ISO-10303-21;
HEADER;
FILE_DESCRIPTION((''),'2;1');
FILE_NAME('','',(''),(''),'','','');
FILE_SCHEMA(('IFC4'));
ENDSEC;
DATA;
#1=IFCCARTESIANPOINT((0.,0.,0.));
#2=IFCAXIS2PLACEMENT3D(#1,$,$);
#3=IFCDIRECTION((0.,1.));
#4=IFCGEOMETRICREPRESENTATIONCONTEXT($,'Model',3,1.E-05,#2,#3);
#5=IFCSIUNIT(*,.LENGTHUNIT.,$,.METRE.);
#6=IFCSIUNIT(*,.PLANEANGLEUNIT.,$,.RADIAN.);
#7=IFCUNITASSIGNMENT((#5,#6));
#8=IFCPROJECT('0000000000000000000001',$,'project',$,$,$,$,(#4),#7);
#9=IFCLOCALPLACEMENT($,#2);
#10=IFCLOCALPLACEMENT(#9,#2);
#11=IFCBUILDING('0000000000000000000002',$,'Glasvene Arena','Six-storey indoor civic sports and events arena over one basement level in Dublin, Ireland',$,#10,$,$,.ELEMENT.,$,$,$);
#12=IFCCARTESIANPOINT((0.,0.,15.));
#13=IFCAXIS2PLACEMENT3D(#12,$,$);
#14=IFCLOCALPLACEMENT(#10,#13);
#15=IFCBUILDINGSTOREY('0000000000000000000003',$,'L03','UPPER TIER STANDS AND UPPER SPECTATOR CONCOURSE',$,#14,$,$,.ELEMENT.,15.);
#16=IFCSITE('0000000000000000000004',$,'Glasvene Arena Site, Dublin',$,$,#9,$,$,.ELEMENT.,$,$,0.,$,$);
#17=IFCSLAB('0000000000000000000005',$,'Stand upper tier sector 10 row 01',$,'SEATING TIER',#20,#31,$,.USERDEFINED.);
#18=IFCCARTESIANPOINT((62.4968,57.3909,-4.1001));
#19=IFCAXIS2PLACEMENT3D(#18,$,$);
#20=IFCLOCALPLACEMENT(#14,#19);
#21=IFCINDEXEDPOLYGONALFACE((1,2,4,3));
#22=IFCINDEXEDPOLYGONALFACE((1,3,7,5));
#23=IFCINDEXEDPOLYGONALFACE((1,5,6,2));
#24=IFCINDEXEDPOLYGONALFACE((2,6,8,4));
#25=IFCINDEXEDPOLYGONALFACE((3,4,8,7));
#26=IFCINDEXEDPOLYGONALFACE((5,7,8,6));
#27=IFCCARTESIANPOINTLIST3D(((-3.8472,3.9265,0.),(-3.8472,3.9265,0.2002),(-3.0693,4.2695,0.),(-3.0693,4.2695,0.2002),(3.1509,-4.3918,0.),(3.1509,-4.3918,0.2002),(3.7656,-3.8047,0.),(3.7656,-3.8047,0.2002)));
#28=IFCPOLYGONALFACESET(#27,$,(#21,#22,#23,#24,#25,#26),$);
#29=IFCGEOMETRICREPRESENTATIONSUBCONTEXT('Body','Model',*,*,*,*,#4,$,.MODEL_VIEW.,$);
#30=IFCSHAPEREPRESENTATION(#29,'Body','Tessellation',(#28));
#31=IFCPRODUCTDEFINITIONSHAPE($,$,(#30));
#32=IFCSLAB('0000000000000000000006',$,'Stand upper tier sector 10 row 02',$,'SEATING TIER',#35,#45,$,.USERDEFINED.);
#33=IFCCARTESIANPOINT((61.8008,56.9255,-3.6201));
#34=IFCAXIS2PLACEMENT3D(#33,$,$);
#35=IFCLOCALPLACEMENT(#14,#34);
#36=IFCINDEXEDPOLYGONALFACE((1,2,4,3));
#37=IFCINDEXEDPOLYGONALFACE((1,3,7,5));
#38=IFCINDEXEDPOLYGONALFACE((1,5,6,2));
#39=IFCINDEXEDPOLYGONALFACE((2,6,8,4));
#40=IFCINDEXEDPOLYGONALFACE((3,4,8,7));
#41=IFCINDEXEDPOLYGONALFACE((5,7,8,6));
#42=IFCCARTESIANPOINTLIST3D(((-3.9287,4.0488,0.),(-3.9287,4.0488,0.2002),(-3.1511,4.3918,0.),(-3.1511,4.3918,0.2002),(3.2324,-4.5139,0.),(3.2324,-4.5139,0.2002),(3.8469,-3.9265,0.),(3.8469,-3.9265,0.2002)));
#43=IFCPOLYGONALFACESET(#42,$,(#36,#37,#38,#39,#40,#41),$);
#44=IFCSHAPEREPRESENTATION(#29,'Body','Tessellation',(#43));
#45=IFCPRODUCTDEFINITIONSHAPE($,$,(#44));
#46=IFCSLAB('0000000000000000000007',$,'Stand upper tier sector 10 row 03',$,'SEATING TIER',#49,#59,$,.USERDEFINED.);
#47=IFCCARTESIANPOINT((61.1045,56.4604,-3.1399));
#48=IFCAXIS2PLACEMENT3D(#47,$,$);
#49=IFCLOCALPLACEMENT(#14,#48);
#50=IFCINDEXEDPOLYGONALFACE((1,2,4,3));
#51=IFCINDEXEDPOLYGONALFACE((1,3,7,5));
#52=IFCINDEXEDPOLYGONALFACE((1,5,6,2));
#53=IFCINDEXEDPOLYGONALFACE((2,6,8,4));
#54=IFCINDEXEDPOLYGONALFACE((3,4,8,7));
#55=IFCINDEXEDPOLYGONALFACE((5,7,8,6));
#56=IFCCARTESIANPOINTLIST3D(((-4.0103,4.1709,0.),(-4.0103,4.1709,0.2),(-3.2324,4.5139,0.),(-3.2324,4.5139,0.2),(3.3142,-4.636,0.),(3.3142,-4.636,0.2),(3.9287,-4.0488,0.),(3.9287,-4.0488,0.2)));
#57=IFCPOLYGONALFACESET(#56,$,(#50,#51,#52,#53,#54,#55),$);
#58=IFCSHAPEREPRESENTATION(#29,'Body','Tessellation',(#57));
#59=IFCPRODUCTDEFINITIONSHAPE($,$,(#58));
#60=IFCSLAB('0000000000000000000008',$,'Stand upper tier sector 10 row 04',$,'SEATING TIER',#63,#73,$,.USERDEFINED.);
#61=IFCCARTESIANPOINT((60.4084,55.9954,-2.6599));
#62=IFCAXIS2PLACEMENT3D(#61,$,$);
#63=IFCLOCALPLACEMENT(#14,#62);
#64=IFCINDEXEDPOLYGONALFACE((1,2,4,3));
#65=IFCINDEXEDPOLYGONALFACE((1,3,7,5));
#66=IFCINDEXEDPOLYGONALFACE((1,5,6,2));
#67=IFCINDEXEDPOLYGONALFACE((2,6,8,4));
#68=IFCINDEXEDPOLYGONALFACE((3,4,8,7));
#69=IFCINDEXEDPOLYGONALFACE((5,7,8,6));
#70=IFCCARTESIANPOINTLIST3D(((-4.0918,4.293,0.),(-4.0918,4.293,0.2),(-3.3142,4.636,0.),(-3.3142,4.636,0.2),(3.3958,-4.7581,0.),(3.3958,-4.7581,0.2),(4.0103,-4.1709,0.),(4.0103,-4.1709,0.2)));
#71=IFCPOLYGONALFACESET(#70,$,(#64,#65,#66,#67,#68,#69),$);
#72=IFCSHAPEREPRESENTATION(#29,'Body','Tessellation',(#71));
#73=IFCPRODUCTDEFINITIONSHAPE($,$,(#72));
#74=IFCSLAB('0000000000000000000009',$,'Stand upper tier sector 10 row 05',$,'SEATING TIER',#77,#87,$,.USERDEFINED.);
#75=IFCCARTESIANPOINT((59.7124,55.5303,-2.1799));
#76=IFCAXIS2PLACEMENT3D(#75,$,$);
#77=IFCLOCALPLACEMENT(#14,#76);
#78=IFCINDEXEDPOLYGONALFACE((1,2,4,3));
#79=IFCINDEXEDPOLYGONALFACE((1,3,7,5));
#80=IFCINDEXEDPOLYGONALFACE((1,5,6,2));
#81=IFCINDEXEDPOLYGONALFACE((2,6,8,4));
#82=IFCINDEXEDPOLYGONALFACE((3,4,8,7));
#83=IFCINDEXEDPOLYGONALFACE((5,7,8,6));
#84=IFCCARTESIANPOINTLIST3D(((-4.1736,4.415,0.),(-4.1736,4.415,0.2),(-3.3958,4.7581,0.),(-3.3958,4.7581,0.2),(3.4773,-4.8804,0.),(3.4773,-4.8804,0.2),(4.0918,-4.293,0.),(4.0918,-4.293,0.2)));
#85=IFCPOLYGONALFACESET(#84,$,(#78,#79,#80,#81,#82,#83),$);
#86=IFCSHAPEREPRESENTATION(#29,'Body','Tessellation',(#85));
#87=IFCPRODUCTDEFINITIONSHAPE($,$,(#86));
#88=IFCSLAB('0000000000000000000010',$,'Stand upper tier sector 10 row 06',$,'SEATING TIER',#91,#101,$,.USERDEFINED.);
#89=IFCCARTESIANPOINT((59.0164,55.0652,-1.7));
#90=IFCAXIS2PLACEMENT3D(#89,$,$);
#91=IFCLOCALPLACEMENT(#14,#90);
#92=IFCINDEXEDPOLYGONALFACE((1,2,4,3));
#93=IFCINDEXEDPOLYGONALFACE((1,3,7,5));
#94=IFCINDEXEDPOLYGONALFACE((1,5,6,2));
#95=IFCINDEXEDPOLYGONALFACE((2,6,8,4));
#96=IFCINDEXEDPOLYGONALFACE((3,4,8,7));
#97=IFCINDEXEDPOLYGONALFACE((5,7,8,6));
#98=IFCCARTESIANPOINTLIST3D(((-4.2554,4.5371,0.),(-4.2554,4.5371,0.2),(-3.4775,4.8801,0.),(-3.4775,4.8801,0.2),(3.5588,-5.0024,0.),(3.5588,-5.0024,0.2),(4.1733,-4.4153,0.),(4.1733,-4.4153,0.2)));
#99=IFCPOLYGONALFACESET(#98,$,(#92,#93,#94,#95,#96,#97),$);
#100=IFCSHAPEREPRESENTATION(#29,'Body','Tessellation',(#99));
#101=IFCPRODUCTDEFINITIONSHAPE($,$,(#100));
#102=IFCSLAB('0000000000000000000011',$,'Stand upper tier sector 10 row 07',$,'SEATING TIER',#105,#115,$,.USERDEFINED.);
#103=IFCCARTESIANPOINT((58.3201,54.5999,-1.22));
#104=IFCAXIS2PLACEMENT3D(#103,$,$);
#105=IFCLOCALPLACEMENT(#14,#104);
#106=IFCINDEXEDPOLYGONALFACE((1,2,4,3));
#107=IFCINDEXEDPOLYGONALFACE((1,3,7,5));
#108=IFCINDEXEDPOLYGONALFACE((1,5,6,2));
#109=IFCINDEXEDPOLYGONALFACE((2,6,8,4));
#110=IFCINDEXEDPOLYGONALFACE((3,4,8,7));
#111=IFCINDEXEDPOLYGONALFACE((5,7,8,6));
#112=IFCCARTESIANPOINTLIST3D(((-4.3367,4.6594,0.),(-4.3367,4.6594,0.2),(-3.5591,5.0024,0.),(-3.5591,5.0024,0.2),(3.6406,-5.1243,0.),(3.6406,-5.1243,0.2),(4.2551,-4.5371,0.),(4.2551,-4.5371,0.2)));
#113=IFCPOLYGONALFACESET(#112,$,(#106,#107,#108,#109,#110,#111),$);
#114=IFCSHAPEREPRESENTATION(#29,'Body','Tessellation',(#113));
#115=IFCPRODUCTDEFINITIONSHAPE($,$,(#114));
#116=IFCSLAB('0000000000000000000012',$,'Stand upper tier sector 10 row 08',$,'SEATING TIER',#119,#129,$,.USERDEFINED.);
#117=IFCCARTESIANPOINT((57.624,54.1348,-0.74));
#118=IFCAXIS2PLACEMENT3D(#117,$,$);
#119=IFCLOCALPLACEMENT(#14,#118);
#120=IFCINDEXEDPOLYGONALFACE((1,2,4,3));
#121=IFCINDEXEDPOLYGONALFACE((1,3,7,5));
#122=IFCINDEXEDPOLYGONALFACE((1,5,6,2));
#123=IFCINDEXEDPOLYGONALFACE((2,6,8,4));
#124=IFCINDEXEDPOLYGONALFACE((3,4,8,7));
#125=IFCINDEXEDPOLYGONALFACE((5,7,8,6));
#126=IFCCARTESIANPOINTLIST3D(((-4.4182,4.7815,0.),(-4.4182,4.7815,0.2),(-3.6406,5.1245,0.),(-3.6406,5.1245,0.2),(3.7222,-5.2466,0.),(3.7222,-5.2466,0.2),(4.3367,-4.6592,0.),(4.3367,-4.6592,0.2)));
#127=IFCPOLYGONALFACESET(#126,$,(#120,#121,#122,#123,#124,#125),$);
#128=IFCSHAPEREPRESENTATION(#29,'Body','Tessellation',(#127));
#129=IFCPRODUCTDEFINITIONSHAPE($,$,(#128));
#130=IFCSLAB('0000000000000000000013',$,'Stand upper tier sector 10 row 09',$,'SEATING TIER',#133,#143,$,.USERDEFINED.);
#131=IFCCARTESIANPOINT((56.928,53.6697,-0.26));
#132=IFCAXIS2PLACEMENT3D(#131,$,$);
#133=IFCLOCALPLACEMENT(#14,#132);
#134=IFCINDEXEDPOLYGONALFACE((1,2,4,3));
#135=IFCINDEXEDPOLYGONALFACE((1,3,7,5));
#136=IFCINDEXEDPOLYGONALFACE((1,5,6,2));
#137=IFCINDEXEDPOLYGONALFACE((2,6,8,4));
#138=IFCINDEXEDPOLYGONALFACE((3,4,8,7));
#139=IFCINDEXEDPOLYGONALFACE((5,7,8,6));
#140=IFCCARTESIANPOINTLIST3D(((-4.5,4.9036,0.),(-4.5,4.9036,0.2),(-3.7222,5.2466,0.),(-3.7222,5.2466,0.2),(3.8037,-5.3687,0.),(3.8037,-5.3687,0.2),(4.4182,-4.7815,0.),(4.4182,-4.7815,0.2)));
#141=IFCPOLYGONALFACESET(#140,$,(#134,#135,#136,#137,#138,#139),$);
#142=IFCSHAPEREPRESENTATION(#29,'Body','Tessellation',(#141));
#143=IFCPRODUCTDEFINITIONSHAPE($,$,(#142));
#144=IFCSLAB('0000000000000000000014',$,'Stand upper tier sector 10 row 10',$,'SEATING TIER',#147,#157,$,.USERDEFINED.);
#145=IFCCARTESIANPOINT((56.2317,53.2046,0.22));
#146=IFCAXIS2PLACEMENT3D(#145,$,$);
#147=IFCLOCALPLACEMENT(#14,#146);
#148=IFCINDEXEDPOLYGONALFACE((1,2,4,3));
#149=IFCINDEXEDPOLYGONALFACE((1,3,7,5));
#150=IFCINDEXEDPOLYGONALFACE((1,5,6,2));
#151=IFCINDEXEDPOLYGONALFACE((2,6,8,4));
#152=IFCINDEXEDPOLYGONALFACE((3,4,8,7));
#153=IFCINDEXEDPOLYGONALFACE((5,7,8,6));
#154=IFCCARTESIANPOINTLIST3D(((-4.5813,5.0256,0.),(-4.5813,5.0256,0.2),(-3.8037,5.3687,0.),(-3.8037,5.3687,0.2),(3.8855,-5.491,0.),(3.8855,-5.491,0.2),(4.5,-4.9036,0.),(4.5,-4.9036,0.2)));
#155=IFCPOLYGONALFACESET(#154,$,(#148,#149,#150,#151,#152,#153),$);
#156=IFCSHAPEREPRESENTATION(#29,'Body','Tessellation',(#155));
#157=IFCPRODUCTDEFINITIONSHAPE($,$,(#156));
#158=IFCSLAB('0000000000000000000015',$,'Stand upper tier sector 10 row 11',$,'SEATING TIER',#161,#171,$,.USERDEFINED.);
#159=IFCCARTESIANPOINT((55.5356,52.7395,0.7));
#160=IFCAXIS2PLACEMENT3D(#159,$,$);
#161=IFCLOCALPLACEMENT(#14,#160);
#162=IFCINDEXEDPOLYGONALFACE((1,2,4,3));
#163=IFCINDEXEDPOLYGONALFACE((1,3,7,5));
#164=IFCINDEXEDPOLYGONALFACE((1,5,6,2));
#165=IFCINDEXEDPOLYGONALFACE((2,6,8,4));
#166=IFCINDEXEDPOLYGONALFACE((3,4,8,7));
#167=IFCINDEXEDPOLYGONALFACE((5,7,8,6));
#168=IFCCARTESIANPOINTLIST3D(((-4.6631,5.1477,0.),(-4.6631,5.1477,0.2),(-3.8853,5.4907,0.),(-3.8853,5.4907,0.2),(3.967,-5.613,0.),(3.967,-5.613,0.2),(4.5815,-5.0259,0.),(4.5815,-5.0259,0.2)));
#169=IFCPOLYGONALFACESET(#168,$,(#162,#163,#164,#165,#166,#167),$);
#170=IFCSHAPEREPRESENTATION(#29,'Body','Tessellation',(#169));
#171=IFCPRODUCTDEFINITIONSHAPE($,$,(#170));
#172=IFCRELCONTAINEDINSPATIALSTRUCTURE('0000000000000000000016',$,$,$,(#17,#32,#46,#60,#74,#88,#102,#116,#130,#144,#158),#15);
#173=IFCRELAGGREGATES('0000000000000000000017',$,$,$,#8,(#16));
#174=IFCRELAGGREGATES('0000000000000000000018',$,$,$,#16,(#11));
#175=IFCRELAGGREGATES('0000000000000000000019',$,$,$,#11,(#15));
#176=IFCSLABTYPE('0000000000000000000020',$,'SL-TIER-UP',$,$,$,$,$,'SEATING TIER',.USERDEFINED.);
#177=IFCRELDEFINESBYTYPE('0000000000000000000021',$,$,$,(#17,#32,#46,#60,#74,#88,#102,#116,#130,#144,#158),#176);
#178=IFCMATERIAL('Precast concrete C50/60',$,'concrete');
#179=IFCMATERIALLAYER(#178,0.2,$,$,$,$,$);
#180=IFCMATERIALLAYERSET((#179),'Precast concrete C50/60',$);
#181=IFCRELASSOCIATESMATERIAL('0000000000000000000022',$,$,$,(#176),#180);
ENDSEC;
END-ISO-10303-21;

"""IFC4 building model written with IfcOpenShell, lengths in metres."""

from ifc_helpers import new_model, si_unit, direction, frame, origin, place, context, subcontext, project, spatial, polyline, outline, extrude, material, layer, layer_set, type_object, element, save


model = new_model("IFC4")

# Units and contexts
model_context = context("Model", 3, precision=1e-05, world=origin(), true_north=direction((0.0, 1.0)))
body_context = subcontext(model_context, "Body", "Model", "MODEL_VIEW")
ifc_project = project(units=[si_unit("LENGTHUNIT", "METRE"), si_unit("PLANEANGLEUNIT", "RADIAN")], contexts=[model_context])

# Site, building, storey
site_placement = place(None, origin())
site = spatial("IfcSite", under=ifc_project, at=site_placement, Name="Glasvene Arena Site, Dublin", CompositionType="ELEMENT", RefElevation=0.0)
building_placement = place(site_placement, origin())
building = spatial("IfcBuilding", under=site, at=building_placement, Name="Glasvene Arena", Description="Six-storey indoor civic sports and events arena over one basement level in Dublin, Ireland", CompositionType="ELEMENT")
storey_placement = place(building_placement, frame((0.0, 0.0, 15.0)))
storey = spatial("IfcBuildingStorey", under=building, at=storey_placement, Name="L03", Description="UPPER TIER STANDS AND UPPER SPECTATOR CONCOURSE", CompositionType="ELEMENT", Elevation=15.0)

# Shared definitions
ifc_material_1 = material(Name="Precast concrete C50/60", Category="concrete")

# Slabs
ifc_layer_1 = layer(ifc_material_1, 0.2)
ifc_layer_set_1 = layer_set([ifc_layer_1], Name="Precast concrete C50/60")
slab_type_1 = type_object("IfcSlabType", Name="SL-TIER-UP", ElementType="SEATING TIER", PredefinedType="USERDEFINED", material=ifc_layer_set_1)
slab_1_placement = place(storey_placement, frame((62.4968, 57.3909, -4.1001)))
element("IfcSlab", 1, at=slab_1_placement, inside=storey, type_object=slab_type_1, Name="Stand upper tier sector 10 row 01", ObjectType="SEATING TIER", PredefinedType="USERDEFINED", context=body_context, shape_type="SweptSolid", body=[
    extrude(outline(polyline([(-3.0693, 4.2695), (3.7656, -3.8047), (3.1509, -4.3918), (-3.8472, 3.9265), (-3.0693, 4.2695)])), origin(), (0.0, 0.0, 1.0), 0.2002),
])
slab_2_placement = place(storey_placement, frame((61.8008, 56.9255, -3.6201)))
element("IfcSlab", 2, at=slab_2_placement, inside=storey, type_object=slab_type_1, Name="Stand upper tier sector 10 row 02", ObjectType="SEATING TIER", PredefinedType="USERDEFINED", context=body_context, shape_type="SweptSolid", body=[
    extrude(outline(polyline([(-3.1511, 4.3918), (3.8469, -3.9265), (3.2324, -4.5139), (-3.9287, 4.0488), (-3.1511, 4.3918)])), origin(), (0.0, 0.0, 1.0), 0.2002),
])
slab_3_placement = place(storey_placement, frame((61.1045, 56.4604, -3.1399)))
element("IfcSlab", 3, at=slab_3_placement, inside=storey, type_object=slab_type_1, Name="Stand upper tier sector 10 row 03", ObjectType="SEATING TIER", PredefinedType="USERDEFINED", context=body_context, shape_type="SweptSolid", body=[
    extrude(outline(polyline([(-3.2324, 4.5139), (3.9287, -4.0488), (3.3142, -4.636), (-4.0103, 4.1709), (-3.2324, 4.5139)])), origin(), (0.0, 0.0, 1.0), 0.2),
])
slab_4_placement = place(storey_placement, frame((60.4084, 55.9954, -2.6599)))
element("IfcSlab", 4, at=slab_4_placement, inside=storey, type_object=slab_type_1, Name="Stand upper tier sector 10 row 04", ObjectType="SEATING TIER", PredefinedType="USERDEFINED", context=body_context, shape_type="SweptSolid", body=[
    extrude(outline(polyline([(-3.3142, 4.636), (4.0103, -4.1709), (3.3958, -4.7581), (-4.0918, 4.293), (-3.3142, 4.636)])), origin(), (0.0, 0.0, 1.0), 0.2),
])
slab_5_placement = place(storey_placement, frame((59.7124, 55.5303, -2.1799)))
element("IfcSlab", 5, at=slab_5_placement, inside=storey, type_object=slab_type_1, Name="Stand upper tier sector 10 row 05", ObjectType="SEATING TIER", PredefinedType="USERDEFINED", context=body_context, shape_type="SweptSolid", body=[
    extrude(outline(polyline([(-3.3958, 4.7581), (4.0918, -4.293), (3.4773, -4.8804), (-4.1736, 4.415), (-3.3958, 4.7581)])), origin(), (0.0, 0.0, 1.0), 0.2),
])
slab_6_placement = place(storey_placement, frame((59.0164, 55.0652, -1.7)))
element("IfcSlab", 6, at=slab_6_placement, inside=storey, type_object=slab_type_1, Name="Stand upper tier sector 10 row 06", ObjectType="SEATING TIER", PredefinedType="USERDEFINED", context=body_context, shape_type="SweptSolid", body=[
    extrude(outline(polyline([(-3.4775, 4.8801), (4.1733, -4.4153), (3.5588, -5.0024), (-4.2554, 4.5371), (-3.4775, 4.8801)])), origin(), (0.0, 0.0, 1.0), 0.2),
])
slab_7_placement = place(storey_placement, frame((58.3201, 54.5999, -1.22)))
element("IfcSlab", 7, at=slab_7_placement, inside=storey, type_object=slab_type_1, Name="Stand upper tier sector 10 row 07", ObjectType="SEATING TIER", PredefinedType="USERDEFINED", context=body_context, shape_type="SweptSolid", body=[
    extrude(outline(polyline([(-3.5591, 5.0024), (4.2551, -4.5371), (3.6406, -5.1243), (-4.3367, 4.6594), (-3.5591, 5.0024)])), origin(), (0.0, 0.0, 1.0), 0.2),
])
slab_8_placement = place(storey_placement, frame((57.624, 54.1348, -0.74)))
element("IfcSlab", 8, at=slab_8_placement, inside=storey, type_object=slab_type_1, Name="Stand upper tier sector 10 row 08", ObjectType="SEATING TIER", PredefinedType="USERDEFINED", context=body_context, shape_type="SweptSolid", body=[
    extrude(outline(polyline([(-3.6406, 5.1245), (4.3367, -4.6592), (3.7222, -5.2466), (-4.4182, 4.7815), (-3.6406, 5.1245)])), origin(), (0.0, 0.0, 1.0), 0.2),
])
slab_9_placement = place(storey_placement, frame((56.928, 53.6697, -0.26)))
element("IfcSlab", 9, at=slab_9_placement, inside=storey, type_object=slab_type_1, Name="Stand upper tier sector 10 row 09", ObjectType="SEATING TIER", PredefinedType="USERDEFINED", context=body_context, shape_type="SweptSolid", body=[
    extrude(outline(polyline([(-3.7222, 5.2466), (4.4182, -4.7815), (3.8037, -5.3687), (-4.5, 4.9036), (-3.7222, 5.2466)])), origin(), (0.0, 0.0, 1.0), 0.2),
])
slab_10_placement = place(storey_placement, frame((56.2317, 53.2046, 0.22)))
element("IfcSlab", 10, at=slab_10_placement, inside=storey, type_object=slab_type_1, Name="Stand upper tier sector 10 row 10", ObjectType="SEATING TIER", PredefinedType="USERDEFINED", context=body_context, shape_type="SweptSolid", body=[
    extrude(outline(polyline([(-3.8037, 5.3687), (4.5, -4.9036), (3.8855, -5.491), (-4.5813, 5.0256), (-3.8037, 5.3687)])), origin(), (0.0, 0.0, 1.0), 0.2),
])
slab_11_placement = place(storey_placement, frame((55.5356, 52.7395, 0.7)))
element("IfcSlab", 11, at=slab_11_placement, inside=storey, type_object=slab_type_1, Name="Stand upper tier sector 10 row 11", ObjectType="SEATING TIER", PredefinedType="USERDEFINED", context=body_context, shape_type="SweptSolid", body=[
    extrude(outline(polyline([(-3.8853, 5.4907), (4.5815, -5.0259), (3.967, -5.613), (-4.6631, 5.1477), (-3.8853, 5.4907)])), origin(), (0.0, 0.0, 1.0), 0.2),
])

save(model, "model.ifc")
